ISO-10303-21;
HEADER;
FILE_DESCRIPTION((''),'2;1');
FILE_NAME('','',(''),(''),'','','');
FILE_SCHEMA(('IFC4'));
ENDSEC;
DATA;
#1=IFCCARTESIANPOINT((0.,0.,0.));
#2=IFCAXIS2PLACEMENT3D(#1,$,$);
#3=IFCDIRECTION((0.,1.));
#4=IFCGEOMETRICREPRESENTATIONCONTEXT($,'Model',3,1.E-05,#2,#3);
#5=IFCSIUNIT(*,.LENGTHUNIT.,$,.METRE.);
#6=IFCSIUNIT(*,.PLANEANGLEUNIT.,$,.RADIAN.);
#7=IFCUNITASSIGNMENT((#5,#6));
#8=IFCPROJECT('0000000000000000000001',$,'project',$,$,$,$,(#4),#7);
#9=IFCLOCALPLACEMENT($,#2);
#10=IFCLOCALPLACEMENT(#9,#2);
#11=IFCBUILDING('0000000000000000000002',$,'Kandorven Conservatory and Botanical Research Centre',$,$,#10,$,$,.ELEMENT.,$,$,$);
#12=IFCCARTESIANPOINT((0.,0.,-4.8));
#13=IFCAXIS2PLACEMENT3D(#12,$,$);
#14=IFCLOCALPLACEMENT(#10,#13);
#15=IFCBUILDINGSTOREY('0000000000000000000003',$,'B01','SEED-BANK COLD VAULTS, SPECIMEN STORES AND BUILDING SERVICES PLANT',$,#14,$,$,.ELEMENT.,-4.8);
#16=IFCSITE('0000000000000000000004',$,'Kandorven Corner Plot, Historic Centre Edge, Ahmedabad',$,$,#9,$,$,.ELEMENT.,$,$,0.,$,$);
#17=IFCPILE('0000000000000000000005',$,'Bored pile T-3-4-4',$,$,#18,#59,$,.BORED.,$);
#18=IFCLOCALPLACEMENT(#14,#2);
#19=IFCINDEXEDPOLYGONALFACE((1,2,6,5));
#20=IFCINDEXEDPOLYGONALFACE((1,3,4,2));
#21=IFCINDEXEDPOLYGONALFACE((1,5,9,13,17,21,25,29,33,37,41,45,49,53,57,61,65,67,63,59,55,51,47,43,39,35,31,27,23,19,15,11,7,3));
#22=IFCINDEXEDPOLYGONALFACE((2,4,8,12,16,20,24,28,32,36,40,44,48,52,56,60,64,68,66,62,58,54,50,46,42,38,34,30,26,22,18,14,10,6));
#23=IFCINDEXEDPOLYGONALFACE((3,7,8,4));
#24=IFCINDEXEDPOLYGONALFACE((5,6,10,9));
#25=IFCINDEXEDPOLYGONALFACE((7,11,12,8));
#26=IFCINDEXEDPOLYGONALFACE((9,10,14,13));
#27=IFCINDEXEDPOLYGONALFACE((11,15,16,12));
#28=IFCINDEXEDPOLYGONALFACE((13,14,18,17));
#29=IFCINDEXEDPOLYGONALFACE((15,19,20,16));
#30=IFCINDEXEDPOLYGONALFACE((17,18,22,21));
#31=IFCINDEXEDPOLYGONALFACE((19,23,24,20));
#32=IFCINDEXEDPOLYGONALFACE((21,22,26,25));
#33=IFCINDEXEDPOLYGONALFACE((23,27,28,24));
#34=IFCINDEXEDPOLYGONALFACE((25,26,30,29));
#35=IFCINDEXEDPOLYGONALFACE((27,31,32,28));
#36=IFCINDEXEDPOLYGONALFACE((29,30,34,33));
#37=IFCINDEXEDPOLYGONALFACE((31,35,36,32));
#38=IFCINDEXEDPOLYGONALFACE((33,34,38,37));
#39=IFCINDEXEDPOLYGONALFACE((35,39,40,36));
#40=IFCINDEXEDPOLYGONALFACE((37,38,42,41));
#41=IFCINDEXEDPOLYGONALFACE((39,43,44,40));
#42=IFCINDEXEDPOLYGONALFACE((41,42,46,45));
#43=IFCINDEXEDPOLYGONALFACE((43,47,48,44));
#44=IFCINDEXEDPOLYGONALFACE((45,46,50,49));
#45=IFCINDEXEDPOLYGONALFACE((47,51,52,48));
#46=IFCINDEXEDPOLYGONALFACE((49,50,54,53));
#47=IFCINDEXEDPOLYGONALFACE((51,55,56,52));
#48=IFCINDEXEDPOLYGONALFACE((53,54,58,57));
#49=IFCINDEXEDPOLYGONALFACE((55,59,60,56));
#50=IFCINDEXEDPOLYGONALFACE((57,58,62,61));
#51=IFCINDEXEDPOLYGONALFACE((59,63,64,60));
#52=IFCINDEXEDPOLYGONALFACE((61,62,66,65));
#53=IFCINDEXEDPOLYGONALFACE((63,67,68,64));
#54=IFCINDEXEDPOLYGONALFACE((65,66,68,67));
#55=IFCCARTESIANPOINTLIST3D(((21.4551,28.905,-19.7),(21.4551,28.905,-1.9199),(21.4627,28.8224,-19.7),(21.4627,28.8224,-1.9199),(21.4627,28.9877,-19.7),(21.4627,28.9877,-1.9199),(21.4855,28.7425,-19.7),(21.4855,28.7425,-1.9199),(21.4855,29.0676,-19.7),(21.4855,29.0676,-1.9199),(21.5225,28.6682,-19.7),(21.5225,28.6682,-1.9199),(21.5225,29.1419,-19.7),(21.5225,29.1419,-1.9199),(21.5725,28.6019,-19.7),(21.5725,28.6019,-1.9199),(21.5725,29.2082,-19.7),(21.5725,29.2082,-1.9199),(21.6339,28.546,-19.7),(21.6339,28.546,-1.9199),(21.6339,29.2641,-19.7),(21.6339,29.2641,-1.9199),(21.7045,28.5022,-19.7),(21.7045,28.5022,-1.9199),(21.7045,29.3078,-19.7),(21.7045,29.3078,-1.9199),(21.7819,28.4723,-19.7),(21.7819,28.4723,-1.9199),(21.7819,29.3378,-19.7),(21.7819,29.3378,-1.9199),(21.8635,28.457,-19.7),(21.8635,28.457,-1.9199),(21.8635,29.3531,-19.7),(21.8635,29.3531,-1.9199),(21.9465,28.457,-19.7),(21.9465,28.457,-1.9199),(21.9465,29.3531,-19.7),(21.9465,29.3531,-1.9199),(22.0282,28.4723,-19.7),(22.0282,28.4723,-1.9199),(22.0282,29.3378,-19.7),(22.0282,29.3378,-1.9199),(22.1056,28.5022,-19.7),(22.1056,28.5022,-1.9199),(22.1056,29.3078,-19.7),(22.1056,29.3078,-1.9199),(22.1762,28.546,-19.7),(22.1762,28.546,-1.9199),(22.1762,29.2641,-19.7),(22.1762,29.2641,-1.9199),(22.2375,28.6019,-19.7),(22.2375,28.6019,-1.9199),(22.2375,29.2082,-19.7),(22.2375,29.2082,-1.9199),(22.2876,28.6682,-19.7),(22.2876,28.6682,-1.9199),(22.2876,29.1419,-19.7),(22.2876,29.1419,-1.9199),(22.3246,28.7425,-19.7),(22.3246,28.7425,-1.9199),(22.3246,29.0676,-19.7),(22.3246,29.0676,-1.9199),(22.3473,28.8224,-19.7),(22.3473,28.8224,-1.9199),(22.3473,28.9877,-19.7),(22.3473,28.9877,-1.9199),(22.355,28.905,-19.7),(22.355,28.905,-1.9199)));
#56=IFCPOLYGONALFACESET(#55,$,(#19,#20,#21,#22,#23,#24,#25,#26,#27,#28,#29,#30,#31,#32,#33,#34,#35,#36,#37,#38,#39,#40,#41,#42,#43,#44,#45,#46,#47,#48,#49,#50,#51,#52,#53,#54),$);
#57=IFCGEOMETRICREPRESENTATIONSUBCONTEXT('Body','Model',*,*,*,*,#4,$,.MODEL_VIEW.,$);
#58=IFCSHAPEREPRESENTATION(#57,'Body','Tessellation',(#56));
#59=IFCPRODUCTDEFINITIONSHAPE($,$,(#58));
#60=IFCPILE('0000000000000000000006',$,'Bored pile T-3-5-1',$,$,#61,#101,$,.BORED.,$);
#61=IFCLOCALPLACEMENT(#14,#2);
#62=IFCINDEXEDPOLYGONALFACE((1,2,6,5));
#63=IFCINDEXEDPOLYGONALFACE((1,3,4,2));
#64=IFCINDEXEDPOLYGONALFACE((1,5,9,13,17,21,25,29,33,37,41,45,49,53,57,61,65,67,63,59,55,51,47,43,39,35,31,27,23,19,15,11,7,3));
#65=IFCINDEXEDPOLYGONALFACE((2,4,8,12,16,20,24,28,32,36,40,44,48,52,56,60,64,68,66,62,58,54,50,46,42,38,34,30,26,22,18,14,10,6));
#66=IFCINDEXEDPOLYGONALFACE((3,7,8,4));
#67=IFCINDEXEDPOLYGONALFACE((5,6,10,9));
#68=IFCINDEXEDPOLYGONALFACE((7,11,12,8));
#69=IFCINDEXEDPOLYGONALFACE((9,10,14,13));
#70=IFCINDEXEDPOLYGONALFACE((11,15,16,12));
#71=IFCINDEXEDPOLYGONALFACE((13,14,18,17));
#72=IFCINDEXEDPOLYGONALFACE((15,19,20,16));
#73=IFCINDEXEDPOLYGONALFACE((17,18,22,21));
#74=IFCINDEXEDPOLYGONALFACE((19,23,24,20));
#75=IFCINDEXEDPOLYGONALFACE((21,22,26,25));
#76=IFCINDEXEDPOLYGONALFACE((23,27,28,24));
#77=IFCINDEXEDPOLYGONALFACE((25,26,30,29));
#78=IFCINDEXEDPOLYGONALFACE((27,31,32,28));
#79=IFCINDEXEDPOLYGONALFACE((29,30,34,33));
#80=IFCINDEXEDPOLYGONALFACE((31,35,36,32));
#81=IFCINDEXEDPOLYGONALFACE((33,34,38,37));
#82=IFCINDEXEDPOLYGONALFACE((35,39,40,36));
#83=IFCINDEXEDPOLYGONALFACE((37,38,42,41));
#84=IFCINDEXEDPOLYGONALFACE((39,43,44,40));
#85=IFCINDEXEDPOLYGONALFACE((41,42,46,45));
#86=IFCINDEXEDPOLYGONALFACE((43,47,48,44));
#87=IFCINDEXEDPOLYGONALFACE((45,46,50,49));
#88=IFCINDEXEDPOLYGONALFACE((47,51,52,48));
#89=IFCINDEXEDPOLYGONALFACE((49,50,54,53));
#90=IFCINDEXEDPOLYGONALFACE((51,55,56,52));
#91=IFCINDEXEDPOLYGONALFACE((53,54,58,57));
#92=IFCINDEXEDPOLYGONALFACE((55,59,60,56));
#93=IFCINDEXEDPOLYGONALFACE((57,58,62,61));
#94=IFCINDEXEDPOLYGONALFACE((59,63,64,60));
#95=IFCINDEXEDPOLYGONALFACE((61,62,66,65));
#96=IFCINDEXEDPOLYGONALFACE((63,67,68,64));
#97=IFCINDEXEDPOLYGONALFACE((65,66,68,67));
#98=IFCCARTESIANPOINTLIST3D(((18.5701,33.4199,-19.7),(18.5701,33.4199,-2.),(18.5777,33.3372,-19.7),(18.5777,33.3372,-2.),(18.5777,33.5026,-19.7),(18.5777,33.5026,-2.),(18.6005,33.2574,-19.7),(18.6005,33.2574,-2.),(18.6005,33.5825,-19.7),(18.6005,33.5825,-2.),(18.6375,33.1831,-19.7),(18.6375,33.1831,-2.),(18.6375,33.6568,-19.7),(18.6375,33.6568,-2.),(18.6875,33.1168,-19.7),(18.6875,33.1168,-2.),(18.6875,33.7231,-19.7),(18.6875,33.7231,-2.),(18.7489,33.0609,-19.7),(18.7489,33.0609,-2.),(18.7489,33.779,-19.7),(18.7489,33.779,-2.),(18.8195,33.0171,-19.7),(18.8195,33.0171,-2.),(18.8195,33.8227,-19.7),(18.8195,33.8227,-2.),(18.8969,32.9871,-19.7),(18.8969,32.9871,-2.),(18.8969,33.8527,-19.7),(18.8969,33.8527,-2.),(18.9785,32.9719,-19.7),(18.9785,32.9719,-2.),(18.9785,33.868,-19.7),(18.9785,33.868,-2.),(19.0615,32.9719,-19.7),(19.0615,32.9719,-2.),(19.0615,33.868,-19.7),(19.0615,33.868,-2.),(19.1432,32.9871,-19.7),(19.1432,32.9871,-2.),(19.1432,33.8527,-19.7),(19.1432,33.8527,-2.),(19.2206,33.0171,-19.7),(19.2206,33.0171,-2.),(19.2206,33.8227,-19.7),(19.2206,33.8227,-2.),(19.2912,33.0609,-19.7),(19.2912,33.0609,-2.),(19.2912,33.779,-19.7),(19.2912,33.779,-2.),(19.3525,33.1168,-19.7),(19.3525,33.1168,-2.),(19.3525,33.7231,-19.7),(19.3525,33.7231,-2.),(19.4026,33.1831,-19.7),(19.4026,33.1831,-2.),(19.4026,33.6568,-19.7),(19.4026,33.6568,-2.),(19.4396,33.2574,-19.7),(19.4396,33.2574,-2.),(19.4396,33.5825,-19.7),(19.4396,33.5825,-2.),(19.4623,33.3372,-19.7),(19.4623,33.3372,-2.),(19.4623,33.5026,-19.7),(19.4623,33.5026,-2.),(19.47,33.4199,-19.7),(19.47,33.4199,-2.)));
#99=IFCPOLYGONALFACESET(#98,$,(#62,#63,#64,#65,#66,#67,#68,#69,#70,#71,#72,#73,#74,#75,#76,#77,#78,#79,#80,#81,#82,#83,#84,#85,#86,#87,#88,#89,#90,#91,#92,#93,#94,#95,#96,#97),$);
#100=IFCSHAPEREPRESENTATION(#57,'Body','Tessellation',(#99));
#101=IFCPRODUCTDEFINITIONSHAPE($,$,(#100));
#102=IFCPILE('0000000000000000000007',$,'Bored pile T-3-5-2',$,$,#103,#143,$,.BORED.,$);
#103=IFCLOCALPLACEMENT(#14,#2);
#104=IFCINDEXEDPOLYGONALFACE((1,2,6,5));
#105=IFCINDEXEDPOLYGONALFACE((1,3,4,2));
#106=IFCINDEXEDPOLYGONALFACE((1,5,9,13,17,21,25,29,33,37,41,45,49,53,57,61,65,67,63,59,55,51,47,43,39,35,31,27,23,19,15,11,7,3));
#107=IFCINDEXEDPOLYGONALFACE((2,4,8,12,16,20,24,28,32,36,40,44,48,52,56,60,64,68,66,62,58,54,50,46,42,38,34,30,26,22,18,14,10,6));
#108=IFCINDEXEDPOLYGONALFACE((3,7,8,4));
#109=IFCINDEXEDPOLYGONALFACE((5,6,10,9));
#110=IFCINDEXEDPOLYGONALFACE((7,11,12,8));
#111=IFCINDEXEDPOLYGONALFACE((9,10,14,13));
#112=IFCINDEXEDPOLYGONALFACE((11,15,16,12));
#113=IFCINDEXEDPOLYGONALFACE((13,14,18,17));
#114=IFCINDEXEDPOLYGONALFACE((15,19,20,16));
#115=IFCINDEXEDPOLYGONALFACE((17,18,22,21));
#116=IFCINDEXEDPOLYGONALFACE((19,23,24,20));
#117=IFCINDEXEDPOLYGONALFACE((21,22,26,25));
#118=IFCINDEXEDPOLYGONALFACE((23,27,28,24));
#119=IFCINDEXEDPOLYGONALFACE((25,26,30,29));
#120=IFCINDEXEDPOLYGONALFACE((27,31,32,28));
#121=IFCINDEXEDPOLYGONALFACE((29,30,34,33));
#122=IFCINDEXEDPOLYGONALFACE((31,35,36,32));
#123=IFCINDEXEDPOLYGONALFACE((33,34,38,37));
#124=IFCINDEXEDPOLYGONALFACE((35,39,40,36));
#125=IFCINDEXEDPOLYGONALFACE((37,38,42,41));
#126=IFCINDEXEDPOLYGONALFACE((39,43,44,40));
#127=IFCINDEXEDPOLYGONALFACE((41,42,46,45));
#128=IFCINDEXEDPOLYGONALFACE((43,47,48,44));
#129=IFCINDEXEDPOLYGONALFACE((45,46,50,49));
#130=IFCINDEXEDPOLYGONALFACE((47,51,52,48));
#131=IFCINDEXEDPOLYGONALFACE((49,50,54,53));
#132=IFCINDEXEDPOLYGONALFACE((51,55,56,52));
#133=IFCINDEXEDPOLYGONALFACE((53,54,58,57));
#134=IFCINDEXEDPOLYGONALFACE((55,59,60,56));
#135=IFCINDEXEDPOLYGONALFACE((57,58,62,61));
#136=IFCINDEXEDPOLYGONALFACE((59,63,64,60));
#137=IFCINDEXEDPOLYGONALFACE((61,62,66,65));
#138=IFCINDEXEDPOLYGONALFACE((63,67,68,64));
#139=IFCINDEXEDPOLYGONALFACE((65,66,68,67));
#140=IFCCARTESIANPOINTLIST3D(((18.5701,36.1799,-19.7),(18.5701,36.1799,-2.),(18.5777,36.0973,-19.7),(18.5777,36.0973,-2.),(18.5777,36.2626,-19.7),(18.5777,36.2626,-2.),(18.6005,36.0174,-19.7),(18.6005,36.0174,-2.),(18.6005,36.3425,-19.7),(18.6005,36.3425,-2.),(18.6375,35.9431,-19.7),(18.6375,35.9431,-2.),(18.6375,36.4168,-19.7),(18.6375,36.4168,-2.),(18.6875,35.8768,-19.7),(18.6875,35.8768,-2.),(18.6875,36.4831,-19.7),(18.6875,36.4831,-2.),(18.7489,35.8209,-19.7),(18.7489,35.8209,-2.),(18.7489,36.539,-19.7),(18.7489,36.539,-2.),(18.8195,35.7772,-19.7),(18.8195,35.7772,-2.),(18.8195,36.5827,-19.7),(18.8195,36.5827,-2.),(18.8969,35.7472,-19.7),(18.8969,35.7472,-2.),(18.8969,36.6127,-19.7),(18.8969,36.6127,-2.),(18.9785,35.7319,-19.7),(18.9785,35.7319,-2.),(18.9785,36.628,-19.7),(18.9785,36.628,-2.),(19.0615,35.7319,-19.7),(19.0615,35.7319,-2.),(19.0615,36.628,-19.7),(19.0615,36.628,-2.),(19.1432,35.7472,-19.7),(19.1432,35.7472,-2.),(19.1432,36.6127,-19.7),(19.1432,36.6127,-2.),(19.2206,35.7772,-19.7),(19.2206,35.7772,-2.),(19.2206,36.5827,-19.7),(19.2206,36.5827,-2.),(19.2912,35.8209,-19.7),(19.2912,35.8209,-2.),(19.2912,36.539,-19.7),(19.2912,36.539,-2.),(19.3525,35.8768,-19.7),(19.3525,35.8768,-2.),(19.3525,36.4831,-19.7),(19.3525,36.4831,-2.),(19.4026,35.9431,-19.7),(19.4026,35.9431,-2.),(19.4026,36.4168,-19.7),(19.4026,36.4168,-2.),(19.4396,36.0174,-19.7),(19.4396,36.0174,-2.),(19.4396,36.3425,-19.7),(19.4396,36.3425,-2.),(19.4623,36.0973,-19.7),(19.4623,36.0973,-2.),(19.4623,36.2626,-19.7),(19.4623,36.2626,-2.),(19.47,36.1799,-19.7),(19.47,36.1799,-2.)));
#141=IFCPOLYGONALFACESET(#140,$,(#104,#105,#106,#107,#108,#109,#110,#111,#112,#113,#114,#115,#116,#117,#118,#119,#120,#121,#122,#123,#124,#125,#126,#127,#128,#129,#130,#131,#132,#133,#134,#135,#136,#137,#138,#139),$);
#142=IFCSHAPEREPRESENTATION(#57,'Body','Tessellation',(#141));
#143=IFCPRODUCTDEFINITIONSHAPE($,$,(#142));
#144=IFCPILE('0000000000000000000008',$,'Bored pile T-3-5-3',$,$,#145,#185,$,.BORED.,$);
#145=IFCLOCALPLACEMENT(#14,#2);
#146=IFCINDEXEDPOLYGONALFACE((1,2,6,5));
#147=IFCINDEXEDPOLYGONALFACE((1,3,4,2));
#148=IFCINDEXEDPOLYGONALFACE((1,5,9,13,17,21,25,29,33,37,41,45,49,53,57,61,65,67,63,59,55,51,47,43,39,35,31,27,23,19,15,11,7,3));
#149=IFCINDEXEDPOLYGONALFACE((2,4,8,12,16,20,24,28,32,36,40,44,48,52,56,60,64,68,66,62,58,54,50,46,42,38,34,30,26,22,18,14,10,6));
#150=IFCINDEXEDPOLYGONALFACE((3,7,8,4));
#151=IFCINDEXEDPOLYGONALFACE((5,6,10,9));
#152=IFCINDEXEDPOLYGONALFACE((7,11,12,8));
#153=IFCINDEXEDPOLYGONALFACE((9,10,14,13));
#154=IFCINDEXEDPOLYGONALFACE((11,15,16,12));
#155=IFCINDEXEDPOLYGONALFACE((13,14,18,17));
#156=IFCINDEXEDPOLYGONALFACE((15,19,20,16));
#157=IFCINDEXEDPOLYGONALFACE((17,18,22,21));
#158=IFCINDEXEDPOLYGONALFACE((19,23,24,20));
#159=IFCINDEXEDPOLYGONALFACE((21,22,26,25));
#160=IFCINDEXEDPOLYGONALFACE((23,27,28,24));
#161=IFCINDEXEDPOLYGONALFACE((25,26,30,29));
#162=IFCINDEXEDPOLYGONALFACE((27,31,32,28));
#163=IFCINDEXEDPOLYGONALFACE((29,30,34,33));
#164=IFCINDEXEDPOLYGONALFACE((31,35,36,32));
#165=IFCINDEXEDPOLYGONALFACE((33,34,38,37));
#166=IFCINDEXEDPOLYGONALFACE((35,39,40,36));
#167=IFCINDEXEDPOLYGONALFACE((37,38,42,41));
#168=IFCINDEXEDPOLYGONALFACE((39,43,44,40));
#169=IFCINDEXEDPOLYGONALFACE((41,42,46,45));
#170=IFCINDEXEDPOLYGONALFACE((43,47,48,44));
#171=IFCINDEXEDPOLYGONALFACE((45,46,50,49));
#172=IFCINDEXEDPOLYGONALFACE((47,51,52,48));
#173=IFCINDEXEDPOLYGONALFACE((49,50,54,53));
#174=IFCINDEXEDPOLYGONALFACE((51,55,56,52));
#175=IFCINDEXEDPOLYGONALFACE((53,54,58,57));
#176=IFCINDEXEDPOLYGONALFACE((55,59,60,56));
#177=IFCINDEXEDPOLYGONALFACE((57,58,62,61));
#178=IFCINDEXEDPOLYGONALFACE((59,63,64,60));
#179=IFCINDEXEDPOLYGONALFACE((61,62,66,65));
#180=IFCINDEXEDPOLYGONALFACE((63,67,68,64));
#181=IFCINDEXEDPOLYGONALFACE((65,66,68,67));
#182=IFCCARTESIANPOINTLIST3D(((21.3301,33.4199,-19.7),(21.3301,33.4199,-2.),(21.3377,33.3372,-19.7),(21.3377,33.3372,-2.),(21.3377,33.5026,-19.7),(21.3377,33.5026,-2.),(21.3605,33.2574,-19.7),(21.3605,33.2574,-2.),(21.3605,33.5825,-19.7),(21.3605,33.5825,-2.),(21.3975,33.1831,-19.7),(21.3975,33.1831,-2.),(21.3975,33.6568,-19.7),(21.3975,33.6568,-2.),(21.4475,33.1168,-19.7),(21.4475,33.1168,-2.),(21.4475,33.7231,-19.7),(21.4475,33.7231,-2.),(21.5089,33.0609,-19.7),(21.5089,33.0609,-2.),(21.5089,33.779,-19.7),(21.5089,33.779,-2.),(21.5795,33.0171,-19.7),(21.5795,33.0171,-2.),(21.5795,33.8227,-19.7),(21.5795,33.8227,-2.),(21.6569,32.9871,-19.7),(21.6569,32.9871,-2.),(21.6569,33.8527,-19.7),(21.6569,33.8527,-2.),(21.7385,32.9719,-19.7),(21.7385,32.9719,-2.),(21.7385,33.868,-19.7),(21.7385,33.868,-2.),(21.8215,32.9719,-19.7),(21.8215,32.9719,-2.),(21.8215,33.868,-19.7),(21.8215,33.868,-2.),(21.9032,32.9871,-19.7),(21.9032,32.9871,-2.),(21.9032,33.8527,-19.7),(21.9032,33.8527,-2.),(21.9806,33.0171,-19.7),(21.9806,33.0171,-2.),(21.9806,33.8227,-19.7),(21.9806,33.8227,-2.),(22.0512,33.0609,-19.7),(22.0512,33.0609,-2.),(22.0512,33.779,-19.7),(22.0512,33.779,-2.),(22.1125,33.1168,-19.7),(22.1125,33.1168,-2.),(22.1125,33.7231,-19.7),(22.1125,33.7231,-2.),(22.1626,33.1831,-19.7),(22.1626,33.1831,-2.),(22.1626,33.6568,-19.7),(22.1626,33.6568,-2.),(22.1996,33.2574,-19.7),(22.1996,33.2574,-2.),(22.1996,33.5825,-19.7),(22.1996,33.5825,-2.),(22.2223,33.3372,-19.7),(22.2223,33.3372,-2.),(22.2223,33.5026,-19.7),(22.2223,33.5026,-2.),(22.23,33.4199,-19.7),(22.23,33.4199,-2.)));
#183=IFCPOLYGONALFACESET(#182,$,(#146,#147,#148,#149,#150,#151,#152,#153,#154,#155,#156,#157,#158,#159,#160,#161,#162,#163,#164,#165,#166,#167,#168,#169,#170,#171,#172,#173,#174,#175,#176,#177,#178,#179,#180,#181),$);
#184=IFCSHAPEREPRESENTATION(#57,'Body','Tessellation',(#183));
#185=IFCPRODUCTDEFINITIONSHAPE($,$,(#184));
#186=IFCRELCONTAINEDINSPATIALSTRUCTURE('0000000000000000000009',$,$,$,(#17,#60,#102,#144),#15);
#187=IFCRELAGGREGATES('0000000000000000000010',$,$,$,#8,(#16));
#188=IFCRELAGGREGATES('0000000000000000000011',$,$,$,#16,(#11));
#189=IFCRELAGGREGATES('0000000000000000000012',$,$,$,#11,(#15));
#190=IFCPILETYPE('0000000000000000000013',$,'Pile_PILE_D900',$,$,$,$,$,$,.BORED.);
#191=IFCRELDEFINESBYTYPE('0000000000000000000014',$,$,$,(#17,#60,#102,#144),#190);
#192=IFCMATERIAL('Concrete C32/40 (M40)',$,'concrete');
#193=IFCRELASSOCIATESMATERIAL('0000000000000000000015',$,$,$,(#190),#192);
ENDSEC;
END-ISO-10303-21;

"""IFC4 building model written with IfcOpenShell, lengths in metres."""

from ifc_helpers import new_model, si_unit, direction, frame, origin, origin_2d, place, context, subcontext, project, spatial, circle, extrude, material, material_profile, profile_set, type_object, element, save


model = new_model("IFC4")

# Units and contexts
model_context = context("Model", 3, precision=1e-05, world=origin(), true_north=direction((0.0, 1.0)))
body_context = subcontext(model_context, "Body", "Model", "MODEL_VIEW")
ifc_project = project(units=[si_unit("LENGTHUNIT", "METRE"), si_unit("PLANEANGLEUNIT", "RADIAN")], contexts=[model_context])

# Site, building, storey
site_placement = place(None, origin())
site = spatial("IfcSite", under=ifc_project, at=site_placement, Name="Kandorven Corner Plot, Historic Centre Edge, Ahmedabad", CompositionType="ELEMENT", RefElevation=0.0)
building_placement = place(site_placement, origin())
building = spatial("IfcBuilding", under=site, at=building_placement, Name="Kandorven Conservatory and Botanical Research Centre", CompositionType="ELEMENT")
storey_placement = place(building_placement, frame((0.0, 0.0, -4.8)))
storey = spatial("IfcBuildingStorey", under=building, at=storey_placement, Name="B01", Description="SEED-BANK COLD VAULTS, SPECIMEN STORES AND BUILDING SERVICES PLANT", CompositionType="ELEMENT", Elevation=-4.8)

# Piles
ifc_material_1 = material(Name="Concrete C32/40 (M40)", Category="concrete")
ifc_material_profile_1 = material_profile(ifc_material_1, circle(Radius=0.45, at=origin_2d()))
ifc_profile_set_1 = profile_set([ifc_material_profile_1], Name="Concrete C32/40 (M40)")
pile_type = type_object("IfcPileType", Name="Pile_PILE_D900", PredefinedType="BORED", material=ifc_profile_set_1)
pile_1_placement = place(storey_placement, frame((21.905, 28.905, -1.9199), z_axis=(0.0, 0.0, -1.0), x_axis=(1.0, 0.0, 0.0)))
element("IfcPile", 1, at=pile_1_placement, inside=storey, type_object=pile_type, Name="Bored pile T-3-4-4", PredefinedType="BORED", context=body_context, shape_type="SweptSolid", body=[
    extrude(circle(Radius=0.45, at=origin_2d()), origin(), (0.0, 0.0, 1.0), 17.78),
])
for number, where, z_axis, x_axis, name in (
    (2, (19.02, 33.4199, -2.0), (0.0, 0.0, -1.0), (1.0, 0.0, 0.0), "Bored pile T-3-5-1"),
    (3, (19.02, 36.1799, -2.0), (0.0, 0.0, -1.0), (1.0, 0.0, 0.0), "Bored pile T-3-5-2"),
    (4, (21.78, 33.4199, -2.0), (0.0, 0.0, -1.0), (1.0, 0.0, 0.0), "Bored pile T-3-5-3"),
):
    element("IfcPile", number, at=place(storey_placement, frame(where, z_axis=z_axis, x_axis=x_axis)), inside=storey, type_object=pile_type, Name=name, PredefinedType="BORED", context=body_context, shape_type="SweptSolid", body=[
        extrude(circle(Radius=0.45, at=origin_2d()), origin(), (0.0, 0.0, 1.0), 17.7),
    ])

save(model, "model.ifc")
